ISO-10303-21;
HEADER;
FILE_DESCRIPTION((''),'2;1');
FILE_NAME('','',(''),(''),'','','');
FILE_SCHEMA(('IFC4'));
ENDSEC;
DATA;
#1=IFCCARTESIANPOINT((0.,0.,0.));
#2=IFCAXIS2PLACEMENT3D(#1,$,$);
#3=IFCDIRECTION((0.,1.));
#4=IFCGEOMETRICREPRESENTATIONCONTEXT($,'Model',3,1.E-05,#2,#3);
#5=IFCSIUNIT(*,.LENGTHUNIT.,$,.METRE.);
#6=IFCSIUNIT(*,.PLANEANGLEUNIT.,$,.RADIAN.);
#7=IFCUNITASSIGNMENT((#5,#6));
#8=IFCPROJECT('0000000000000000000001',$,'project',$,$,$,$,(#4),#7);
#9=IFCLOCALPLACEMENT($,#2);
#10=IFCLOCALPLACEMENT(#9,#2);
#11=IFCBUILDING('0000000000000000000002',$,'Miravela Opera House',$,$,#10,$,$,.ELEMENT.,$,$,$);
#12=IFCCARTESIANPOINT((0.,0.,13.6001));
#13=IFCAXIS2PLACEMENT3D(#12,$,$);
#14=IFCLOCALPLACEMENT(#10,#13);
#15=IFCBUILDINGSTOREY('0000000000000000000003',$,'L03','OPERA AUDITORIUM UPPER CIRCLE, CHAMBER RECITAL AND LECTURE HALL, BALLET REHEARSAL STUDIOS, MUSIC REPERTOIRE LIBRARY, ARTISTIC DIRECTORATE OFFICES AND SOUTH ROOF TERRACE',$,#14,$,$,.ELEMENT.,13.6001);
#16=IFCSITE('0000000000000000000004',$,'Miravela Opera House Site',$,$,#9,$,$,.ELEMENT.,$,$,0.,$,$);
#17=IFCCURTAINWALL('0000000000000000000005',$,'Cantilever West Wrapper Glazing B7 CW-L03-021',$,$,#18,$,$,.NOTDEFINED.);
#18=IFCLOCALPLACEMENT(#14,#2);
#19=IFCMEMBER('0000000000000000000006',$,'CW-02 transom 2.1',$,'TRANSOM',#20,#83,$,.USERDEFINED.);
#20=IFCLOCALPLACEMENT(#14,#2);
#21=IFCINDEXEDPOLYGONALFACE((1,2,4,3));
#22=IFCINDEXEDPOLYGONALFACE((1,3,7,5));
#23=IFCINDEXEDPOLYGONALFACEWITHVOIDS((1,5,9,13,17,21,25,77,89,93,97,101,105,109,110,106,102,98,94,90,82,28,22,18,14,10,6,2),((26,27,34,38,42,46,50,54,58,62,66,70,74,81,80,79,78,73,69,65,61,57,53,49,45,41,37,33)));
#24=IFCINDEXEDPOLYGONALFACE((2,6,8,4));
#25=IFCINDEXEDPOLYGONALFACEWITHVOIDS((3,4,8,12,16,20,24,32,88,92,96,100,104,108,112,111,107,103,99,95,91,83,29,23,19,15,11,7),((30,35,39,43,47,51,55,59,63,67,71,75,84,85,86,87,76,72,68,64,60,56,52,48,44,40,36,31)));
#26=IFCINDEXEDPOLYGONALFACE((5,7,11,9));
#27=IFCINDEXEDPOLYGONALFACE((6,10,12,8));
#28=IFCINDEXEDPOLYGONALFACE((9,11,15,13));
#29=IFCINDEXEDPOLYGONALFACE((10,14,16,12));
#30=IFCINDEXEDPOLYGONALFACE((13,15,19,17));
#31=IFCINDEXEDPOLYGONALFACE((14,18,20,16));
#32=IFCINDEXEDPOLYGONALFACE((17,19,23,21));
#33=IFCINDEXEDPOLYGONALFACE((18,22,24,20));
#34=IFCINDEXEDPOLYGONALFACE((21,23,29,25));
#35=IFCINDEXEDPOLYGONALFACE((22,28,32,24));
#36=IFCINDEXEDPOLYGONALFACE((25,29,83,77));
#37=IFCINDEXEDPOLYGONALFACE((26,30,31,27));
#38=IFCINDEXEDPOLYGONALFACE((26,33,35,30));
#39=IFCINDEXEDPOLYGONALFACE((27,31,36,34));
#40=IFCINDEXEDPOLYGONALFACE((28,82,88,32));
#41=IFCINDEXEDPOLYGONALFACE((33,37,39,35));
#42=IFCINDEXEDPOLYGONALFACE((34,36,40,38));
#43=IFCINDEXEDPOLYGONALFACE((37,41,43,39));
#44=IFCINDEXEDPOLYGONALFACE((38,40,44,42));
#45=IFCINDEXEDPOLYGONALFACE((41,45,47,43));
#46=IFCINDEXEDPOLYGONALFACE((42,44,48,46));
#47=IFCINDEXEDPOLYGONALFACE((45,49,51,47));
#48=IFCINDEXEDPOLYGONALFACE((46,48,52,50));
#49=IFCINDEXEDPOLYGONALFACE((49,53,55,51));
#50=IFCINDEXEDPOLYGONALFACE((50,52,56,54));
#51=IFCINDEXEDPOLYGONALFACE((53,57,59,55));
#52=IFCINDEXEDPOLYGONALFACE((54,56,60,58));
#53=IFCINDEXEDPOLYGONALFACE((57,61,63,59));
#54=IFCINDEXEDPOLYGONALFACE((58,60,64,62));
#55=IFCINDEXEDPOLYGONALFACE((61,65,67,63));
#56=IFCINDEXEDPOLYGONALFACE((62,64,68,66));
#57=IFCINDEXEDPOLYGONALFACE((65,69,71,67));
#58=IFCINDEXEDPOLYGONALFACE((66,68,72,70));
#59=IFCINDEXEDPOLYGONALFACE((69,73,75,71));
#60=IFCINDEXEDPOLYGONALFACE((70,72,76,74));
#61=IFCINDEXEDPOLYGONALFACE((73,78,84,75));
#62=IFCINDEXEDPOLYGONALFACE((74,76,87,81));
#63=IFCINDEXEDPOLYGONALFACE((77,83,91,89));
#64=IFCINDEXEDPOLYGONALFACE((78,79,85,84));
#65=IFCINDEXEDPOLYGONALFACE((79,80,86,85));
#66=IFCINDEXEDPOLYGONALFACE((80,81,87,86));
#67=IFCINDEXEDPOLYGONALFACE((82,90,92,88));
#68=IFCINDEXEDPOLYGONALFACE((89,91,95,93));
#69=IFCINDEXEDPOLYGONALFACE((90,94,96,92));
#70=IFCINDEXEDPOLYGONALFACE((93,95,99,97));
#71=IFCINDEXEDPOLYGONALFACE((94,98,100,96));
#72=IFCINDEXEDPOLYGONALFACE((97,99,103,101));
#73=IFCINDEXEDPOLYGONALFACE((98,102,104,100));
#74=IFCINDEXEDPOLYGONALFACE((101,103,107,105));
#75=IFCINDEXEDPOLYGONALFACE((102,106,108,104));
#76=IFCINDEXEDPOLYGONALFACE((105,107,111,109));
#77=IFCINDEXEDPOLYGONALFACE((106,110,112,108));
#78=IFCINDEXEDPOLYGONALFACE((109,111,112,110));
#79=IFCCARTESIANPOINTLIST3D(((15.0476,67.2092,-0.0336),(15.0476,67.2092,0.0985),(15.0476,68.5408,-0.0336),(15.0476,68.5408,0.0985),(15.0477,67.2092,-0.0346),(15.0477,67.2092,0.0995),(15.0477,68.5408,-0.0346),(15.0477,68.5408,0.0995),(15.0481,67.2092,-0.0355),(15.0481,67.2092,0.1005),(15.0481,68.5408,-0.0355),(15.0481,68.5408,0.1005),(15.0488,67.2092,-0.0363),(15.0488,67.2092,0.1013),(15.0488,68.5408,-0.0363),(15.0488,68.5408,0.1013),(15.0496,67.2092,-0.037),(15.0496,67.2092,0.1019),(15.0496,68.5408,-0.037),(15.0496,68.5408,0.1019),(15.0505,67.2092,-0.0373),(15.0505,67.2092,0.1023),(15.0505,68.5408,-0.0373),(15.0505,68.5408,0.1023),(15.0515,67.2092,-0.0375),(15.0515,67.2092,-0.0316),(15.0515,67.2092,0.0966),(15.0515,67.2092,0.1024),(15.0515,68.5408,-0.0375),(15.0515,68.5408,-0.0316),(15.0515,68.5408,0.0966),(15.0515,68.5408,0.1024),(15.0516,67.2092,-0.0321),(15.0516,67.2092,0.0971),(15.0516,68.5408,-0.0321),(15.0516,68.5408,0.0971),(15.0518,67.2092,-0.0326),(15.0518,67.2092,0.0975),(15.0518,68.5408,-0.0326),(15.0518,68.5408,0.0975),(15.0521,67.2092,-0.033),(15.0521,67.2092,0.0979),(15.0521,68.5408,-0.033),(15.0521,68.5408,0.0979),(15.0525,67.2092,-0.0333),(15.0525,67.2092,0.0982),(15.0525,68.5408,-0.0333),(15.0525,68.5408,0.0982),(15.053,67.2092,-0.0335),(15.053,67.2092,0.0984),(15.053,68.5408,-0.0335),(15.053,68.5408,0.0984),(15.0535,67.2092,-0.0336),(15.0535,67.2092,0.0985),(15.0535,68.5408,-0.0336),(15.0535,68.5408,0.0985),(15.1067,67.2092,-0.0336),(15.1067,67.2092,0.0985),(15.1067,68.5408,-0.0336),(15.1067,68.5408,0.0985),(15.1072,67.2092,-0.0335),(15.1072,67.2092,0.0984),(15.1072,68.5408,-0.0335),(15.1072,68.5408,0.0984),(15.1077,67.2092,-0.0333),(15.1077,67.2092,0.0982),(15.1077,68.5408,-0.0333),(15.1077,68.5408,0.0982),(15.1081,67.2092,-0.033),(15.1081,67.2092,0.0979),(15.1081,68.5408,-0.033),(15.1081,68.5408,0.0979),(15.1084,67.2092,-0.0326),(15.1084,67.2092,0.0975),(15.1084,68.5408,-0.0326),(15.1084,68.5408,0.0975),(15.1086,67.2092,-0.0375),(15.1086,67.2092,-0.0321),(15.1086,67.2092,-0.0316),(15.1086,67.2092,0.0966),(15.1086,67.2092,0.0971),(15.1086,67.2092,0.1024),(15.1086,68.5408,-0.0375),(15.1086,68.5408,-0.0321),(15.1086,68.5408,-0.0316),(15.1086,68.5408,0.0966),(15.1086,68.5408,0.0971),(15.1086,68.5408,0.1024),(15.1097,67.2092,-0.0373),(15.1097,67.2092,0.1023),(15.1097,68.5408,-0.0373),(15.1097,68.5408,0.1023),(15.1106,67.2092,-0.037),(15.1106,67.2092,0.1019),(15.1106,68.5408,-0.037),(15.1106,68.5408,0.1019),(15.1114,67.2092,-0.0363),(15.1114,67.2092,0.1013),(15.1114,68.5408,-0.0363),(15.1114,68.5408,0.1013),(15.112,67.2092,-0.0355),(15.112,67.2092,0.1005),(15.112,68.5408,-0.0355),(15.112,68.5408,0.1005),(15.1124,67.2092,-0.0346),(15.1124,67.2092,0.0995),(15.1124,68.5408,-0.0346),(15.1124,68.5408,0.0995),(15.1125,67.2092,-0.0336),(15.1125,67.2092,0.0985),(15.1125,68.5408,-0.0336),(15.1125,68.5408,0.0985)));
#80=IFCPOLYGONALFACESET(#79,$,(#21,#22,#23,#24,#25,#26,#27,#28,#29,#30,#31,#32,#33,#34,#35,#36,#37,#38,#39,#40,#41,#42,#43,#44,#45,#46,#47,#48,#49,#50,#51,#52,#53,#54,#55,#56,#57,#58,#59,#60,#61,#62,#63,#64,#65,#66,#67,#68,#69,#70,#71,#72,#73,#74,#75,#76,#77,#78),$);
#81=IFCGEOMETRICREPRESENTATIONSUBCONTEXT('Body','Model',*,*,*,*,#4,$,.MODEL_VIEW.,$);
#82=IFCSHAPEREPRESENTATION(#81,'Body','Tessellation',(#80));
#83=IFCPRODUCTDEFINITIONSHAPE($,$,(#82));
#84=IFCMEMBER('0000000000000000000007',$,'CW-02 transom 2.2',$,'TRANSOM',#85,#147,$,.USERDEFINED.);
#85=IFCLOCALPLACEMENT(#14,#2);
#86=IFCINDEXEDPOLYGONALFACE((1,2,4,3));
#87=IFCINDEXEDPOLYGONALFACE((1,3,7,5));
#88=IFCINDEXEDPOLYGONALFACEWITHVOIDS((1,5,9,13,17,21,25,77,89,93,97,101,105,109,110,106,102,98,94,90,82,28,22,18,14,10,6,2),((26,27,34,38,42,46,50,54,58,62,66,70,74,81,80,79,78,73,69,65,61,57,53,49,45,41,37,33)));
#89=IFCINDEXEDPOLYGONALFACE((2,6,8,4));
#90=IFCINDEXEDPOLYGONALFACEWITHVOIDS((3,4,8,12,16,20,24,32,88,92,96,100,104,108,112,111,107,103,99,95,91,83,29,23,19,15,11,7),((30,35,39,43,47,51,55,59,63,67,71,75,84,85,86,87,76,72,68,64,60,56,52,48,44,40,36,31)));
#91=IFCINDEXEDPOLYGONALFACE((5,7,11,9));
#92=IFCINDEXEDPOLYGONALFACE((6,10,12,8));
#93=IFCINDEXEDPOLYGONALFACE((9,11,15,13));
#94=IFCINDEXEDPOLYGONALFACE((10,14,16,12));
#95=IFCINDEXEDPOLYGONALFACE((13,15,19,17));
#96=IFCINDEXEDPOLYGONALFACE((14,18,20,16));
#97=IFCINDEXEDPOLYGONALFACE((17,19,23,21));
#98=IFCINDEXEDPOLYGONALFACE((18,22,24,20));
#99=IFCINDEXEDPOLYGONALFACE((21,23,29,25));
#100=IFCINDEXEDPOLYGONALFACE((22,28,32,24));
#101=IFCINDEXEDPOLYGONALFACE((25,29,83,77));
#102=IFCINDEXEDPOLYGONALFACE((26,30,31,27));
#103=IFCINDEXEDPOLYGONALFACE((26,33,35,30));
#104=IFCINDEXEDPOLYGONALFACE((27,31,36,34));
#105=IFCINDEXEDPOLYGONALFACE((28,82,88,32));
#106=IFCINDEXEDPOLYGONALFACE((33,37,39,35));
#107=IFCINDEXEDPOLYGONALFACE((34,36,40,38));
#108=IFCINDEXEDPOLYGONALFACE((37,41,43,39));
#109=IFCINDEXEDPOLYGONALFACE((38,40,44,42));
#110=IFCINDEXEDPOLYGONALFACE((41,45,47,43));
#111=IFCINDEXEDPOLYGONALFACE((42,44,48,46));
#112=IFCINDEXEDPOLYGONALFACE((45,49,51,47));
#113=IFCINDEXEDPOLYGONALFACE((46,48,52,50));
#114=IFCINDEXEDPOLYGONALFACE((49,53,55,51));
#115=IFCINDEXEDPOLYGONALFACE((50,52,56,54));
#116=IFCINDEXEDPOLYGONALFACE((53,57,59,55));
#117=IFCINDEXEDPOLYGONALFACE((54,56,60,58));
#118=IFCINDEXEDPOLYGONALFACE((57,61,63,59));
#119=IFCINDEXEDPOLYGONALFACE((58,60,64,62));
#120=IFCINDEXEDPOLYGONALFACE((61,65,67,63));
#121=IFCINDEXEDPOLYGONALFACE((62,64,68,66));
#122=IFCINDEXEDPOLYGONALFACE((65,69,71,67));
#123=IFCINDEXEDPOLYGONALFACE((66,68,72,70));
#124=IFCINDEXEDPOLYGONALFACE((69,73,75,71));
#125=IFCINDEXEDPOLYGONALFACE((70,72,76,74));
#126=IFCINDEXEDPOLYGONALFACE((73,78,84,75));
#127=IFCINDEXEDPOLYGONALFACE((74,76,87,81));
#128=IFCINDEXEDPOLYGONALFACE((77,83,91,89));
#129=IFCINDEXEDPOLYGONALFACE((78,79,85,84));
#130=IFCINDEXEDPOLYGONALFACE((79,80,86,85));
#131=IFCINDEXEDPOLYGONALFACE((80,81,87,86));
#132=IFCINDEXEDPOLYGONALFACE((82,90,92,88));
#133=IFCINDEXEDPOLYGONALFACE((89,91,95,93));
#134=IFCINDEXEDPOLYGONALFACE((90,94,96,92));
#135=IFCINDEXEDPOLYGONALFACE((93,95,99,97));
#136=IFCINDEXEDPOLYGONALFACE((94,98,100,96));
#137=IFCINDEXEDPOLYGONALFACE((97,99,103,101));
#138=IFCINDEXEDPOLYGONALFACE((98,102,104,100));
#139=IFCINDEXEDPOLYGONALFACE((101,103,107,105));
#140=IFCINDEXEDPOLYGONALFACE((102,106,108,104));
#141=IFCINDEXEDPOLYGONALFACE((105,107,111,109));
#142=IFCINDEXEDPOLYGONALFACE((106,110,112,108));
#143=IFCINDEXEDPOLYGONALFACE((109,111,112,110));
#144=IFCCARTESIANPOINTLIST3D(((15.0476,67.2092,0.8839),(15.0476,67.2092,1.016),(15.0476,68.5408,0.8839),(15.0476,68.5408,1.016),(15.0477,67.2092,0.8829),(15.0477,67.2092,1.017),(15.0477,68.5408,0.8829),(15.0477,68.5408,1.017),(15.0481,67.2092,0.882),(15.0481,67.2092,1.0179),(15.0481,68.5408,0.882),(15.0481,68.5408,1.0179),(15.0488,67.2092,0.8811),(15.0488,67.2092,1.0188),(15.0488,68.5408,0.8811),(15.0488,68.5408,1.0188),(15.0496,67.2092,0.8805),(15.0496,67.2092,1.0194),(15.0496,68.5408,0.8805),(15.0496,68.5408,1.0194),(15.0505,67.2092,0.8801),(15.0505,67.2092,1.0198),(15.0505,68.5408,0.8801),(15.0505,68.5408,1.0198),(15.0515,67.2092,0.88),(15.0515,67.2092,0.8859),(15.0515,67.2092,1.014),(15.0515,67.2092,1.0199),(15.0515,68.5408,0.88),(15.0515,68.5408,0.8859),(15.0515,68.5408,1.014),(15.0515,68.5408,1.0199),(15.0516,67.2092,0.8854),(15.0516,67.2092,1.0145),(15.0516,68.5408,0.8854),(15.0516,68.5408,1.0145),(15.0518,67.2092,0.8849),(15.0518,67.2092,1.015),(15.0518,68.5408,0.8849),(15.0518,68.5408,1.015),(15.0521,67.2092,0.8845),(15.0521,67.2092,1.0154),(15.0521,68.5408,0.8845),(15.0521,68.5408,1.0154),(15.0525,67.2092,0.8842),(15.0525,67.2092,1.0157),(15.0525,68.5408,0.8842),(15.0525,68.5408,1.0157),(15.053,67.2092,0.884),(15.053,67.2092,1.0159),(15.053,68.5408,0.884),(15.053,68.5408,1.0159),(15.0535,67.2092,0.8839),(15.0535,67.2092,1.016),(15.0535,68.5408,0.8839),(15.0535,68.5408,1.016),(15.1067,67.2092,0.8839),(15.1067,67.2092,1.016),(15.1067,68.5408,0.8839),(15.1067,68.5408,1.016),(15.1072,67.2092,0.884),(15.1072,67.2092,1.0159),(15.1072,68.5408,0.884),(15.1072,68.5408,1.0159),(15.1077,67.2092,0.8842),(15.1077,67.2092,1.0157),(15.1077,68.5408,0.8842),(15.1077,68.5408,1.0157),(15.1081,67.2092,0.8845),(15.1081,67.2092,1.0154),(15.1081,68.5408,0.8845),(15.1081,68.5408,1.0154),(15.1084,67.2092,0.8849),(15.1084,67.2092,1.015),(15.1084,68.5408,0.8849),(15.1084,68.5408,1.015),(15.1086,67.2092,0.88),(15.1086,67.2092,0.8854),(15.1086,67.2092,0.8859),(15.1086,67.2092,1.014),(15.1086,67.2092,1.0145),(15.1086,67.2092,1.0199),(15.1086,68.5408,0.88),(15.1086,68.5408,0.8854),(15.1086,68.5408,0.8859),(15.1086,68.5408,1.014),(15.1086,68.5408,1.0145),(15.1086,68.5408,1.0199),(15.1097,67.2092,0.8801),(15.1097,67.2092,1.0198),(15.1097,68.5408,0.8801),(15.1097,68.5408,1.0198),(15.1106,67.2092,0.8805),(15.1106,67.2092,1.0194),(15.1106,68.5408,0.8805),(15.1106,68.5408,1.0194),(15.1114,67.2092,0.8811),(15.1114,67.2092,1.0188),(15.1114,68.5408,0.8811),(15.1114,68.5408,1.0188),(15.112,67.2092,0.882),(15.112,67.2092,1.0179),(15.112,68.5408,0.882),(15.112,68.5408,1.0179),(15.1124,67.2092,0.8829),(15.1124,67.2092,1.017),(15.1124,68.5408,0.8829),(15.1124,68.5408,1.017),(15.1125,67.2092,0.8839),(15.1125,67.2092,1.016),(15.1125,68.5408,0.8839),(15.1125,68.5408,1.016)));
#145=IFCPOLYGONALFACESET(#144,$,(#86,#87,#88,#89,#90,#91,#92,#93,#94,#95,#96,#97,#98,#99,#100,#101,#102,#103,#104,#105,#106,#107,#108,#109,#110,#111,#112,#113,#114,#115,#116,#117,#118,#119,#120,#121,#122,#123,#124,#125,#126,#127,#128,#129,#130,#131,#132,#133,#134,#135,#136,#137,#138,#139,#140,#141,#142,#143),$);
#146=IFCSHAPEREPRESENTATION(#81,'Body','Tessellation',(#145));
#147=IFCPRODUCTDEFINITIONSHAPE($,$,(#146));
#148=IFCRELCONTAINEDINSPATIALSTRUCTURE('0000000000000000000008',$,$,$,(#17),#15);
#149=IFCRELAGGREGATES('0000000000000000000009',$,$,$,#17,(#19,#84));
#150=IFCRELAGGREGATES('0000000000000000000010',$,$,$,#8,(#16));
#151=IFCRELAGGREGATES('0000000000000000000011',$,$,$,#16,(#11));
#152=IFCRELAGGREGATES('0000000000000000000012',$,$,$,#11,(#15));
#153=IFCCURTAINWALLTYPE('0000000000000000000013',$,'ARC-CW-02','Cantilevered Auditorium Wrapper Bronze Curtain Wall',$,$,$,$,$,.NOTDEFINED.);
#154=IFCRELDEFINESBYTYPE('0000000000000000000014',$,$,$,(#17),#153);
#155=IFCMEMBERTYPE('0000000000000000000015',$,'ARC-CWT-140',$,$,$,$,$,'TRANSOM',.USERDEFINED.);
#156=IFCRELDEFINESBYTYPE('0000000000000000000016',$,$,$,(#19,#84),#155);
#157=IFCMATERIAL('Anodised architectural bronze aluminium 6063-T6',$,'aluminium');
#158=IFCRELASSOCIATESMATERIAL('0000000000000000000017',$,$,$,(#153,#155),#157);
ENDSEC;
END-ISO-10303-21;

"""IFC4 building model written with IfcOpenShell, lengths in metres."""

from ifc_helpers import new_model, si_unit, direction, frame, origin, origin_2d, place, context, subcontext, project, spatial, hollow_rectangle, extrude, material, material_profile, profile_set, type_object, element, aggregate, save


model = new_model("IFC4")

# Units and contexts
model_context = context("Model", 3, precision=1e-05, world=origin(), true_north=direction((0.0, 1.0)))
body_context = subcontext(model_context, "Body", "Model", "MODEL_VIEW")
ifc_project = project(units=[si_unit("LENGTHUNIT", "METRE"), si_unit("PLANEANGLEUNIT", "RADIAN")], contexts=[model_context])

# Site, building, storey
site_placement = place(None, origin())
site = spatial("IfcSite", under=ifc_project, at=site_placement, Name="Miravela Opera House Site", CompositionType="ELEMENT", RefElevation=0.0)
building_placement = place(site_placement, origin())
building = spatial("IfcBuilding", under=site, at=building_placement, Name="Miravela Opera House", CompositionType="ELEMENT")
storey_placement = place(building_placement, frame((0.0, 0.0, 13.6001)))
storey = spatial("IfcBuildingStorey", under=building, at=storey_placement, Name="L03", Description="OPERA AUDITORIUM UPPER CIRCLE, CHAMBER RECITAL AND LECTURE HALL, BALLET REHEARSAL STUDIOS, MUSIC REPERTOIRE LIBRARY, ARTISTIC DIRECTORATE OFFICES AND SOUTH ROOF TERRACE", CompositionType="ELEMENT", Elevation=13.6001)

# Curtain wall
ifc_material_1 = material(Name="Anodised architectural bronze aluminium 6063-T6", Category="aluminium")
curtain_wall_type = type_object("IfcCurtainWallType", Name="ARC-CW-02", Description="Cantilevered Auditorium Wrapper Bronze Curtain Wall", PredefinedType="NOTDEFINED", material=ifc_material_1)
curtain_wall_1_placement = place(storey_placement, origin())
curtain_wall_1 = element("IfcCurtainWall", 1, at=curtain_wall_1_placement, inside=storey, type_object=curtain_wall_type, Name="Cantilever West Wrapper Glazing B7 CW-L03-021", PredefinedType="NOTDEFINED")

# Members
ifc_material_profile_1 = material_profile(ifc_material_1, hollow_rectangle(XDim=0.0649, YDim=0.1399, WallThickness=0.0039, InnerFilletRadius=0.002, OuterFilletRadius=0.0039, at=origin_2d()), Name="CWT-65X140")
ifc_profile_set_1 = profile_set([ifc_material_profile_1])
member_type_1 = type_object("IfcMemberType", Name="ARC-CWT-140", ElementType="TRANSOM", PredefinedType="USERDEFINED", material=ifc_profile_set_1)
member_1_placement = place(storey_placement, frame((15.0801, 67.2092, 0.0325), z_axis=(0.0, 1.0, 0.0), x_axis=(-1.0, 0.0, 0.0)))
member_1 = element("IfcMember", 2, at=member_1_placement, type_object=member_type_1, Name="CW-02 transom 2.1", ObjectType="TRANSOM", PredefinedType="USERDEFINED", context=body_context, shape_type="SweptSolid", body=[
    extrude(hollow_rectangle(XDim=0.0649, YDim=0.1399, WallThickness=0.0039, InnerFilletRadius=0.002, OuterFilletRadius=0.0039, at=origin_2d()), origin(), (0.0, 0.0, 1.0), 1.3315),
])
member_2_placement = place(storey_placement, frame((15.0801, 67.2092, 0.95), z_axis=(0.0, 1.0, 0.0), x_axis=(-1.0, 0.0, 0.0)))
member_2 = element("IfcMember", 3, at=member_2_placement, type_object=member_type_1, Name="CW-02 transom 2.2", ObjectType="TRANSOM", PredefinedType="USERDEFINED", context=body_context, shape_type="SweptSolid", body=[
    extrude(hollow_rectangle(XDim=0.0649, YDim=0.1399, WallThickness=0.0039, InnerFilletRadius=0.002, OuterFilletRadius=0.0039, at=origin_2d()), origin(), (0.0, 0.0, 1.0), 1.3315),
])

aggregate(curtain_wall_1, [member_1, member_2])

save(model, "model.ifc")
